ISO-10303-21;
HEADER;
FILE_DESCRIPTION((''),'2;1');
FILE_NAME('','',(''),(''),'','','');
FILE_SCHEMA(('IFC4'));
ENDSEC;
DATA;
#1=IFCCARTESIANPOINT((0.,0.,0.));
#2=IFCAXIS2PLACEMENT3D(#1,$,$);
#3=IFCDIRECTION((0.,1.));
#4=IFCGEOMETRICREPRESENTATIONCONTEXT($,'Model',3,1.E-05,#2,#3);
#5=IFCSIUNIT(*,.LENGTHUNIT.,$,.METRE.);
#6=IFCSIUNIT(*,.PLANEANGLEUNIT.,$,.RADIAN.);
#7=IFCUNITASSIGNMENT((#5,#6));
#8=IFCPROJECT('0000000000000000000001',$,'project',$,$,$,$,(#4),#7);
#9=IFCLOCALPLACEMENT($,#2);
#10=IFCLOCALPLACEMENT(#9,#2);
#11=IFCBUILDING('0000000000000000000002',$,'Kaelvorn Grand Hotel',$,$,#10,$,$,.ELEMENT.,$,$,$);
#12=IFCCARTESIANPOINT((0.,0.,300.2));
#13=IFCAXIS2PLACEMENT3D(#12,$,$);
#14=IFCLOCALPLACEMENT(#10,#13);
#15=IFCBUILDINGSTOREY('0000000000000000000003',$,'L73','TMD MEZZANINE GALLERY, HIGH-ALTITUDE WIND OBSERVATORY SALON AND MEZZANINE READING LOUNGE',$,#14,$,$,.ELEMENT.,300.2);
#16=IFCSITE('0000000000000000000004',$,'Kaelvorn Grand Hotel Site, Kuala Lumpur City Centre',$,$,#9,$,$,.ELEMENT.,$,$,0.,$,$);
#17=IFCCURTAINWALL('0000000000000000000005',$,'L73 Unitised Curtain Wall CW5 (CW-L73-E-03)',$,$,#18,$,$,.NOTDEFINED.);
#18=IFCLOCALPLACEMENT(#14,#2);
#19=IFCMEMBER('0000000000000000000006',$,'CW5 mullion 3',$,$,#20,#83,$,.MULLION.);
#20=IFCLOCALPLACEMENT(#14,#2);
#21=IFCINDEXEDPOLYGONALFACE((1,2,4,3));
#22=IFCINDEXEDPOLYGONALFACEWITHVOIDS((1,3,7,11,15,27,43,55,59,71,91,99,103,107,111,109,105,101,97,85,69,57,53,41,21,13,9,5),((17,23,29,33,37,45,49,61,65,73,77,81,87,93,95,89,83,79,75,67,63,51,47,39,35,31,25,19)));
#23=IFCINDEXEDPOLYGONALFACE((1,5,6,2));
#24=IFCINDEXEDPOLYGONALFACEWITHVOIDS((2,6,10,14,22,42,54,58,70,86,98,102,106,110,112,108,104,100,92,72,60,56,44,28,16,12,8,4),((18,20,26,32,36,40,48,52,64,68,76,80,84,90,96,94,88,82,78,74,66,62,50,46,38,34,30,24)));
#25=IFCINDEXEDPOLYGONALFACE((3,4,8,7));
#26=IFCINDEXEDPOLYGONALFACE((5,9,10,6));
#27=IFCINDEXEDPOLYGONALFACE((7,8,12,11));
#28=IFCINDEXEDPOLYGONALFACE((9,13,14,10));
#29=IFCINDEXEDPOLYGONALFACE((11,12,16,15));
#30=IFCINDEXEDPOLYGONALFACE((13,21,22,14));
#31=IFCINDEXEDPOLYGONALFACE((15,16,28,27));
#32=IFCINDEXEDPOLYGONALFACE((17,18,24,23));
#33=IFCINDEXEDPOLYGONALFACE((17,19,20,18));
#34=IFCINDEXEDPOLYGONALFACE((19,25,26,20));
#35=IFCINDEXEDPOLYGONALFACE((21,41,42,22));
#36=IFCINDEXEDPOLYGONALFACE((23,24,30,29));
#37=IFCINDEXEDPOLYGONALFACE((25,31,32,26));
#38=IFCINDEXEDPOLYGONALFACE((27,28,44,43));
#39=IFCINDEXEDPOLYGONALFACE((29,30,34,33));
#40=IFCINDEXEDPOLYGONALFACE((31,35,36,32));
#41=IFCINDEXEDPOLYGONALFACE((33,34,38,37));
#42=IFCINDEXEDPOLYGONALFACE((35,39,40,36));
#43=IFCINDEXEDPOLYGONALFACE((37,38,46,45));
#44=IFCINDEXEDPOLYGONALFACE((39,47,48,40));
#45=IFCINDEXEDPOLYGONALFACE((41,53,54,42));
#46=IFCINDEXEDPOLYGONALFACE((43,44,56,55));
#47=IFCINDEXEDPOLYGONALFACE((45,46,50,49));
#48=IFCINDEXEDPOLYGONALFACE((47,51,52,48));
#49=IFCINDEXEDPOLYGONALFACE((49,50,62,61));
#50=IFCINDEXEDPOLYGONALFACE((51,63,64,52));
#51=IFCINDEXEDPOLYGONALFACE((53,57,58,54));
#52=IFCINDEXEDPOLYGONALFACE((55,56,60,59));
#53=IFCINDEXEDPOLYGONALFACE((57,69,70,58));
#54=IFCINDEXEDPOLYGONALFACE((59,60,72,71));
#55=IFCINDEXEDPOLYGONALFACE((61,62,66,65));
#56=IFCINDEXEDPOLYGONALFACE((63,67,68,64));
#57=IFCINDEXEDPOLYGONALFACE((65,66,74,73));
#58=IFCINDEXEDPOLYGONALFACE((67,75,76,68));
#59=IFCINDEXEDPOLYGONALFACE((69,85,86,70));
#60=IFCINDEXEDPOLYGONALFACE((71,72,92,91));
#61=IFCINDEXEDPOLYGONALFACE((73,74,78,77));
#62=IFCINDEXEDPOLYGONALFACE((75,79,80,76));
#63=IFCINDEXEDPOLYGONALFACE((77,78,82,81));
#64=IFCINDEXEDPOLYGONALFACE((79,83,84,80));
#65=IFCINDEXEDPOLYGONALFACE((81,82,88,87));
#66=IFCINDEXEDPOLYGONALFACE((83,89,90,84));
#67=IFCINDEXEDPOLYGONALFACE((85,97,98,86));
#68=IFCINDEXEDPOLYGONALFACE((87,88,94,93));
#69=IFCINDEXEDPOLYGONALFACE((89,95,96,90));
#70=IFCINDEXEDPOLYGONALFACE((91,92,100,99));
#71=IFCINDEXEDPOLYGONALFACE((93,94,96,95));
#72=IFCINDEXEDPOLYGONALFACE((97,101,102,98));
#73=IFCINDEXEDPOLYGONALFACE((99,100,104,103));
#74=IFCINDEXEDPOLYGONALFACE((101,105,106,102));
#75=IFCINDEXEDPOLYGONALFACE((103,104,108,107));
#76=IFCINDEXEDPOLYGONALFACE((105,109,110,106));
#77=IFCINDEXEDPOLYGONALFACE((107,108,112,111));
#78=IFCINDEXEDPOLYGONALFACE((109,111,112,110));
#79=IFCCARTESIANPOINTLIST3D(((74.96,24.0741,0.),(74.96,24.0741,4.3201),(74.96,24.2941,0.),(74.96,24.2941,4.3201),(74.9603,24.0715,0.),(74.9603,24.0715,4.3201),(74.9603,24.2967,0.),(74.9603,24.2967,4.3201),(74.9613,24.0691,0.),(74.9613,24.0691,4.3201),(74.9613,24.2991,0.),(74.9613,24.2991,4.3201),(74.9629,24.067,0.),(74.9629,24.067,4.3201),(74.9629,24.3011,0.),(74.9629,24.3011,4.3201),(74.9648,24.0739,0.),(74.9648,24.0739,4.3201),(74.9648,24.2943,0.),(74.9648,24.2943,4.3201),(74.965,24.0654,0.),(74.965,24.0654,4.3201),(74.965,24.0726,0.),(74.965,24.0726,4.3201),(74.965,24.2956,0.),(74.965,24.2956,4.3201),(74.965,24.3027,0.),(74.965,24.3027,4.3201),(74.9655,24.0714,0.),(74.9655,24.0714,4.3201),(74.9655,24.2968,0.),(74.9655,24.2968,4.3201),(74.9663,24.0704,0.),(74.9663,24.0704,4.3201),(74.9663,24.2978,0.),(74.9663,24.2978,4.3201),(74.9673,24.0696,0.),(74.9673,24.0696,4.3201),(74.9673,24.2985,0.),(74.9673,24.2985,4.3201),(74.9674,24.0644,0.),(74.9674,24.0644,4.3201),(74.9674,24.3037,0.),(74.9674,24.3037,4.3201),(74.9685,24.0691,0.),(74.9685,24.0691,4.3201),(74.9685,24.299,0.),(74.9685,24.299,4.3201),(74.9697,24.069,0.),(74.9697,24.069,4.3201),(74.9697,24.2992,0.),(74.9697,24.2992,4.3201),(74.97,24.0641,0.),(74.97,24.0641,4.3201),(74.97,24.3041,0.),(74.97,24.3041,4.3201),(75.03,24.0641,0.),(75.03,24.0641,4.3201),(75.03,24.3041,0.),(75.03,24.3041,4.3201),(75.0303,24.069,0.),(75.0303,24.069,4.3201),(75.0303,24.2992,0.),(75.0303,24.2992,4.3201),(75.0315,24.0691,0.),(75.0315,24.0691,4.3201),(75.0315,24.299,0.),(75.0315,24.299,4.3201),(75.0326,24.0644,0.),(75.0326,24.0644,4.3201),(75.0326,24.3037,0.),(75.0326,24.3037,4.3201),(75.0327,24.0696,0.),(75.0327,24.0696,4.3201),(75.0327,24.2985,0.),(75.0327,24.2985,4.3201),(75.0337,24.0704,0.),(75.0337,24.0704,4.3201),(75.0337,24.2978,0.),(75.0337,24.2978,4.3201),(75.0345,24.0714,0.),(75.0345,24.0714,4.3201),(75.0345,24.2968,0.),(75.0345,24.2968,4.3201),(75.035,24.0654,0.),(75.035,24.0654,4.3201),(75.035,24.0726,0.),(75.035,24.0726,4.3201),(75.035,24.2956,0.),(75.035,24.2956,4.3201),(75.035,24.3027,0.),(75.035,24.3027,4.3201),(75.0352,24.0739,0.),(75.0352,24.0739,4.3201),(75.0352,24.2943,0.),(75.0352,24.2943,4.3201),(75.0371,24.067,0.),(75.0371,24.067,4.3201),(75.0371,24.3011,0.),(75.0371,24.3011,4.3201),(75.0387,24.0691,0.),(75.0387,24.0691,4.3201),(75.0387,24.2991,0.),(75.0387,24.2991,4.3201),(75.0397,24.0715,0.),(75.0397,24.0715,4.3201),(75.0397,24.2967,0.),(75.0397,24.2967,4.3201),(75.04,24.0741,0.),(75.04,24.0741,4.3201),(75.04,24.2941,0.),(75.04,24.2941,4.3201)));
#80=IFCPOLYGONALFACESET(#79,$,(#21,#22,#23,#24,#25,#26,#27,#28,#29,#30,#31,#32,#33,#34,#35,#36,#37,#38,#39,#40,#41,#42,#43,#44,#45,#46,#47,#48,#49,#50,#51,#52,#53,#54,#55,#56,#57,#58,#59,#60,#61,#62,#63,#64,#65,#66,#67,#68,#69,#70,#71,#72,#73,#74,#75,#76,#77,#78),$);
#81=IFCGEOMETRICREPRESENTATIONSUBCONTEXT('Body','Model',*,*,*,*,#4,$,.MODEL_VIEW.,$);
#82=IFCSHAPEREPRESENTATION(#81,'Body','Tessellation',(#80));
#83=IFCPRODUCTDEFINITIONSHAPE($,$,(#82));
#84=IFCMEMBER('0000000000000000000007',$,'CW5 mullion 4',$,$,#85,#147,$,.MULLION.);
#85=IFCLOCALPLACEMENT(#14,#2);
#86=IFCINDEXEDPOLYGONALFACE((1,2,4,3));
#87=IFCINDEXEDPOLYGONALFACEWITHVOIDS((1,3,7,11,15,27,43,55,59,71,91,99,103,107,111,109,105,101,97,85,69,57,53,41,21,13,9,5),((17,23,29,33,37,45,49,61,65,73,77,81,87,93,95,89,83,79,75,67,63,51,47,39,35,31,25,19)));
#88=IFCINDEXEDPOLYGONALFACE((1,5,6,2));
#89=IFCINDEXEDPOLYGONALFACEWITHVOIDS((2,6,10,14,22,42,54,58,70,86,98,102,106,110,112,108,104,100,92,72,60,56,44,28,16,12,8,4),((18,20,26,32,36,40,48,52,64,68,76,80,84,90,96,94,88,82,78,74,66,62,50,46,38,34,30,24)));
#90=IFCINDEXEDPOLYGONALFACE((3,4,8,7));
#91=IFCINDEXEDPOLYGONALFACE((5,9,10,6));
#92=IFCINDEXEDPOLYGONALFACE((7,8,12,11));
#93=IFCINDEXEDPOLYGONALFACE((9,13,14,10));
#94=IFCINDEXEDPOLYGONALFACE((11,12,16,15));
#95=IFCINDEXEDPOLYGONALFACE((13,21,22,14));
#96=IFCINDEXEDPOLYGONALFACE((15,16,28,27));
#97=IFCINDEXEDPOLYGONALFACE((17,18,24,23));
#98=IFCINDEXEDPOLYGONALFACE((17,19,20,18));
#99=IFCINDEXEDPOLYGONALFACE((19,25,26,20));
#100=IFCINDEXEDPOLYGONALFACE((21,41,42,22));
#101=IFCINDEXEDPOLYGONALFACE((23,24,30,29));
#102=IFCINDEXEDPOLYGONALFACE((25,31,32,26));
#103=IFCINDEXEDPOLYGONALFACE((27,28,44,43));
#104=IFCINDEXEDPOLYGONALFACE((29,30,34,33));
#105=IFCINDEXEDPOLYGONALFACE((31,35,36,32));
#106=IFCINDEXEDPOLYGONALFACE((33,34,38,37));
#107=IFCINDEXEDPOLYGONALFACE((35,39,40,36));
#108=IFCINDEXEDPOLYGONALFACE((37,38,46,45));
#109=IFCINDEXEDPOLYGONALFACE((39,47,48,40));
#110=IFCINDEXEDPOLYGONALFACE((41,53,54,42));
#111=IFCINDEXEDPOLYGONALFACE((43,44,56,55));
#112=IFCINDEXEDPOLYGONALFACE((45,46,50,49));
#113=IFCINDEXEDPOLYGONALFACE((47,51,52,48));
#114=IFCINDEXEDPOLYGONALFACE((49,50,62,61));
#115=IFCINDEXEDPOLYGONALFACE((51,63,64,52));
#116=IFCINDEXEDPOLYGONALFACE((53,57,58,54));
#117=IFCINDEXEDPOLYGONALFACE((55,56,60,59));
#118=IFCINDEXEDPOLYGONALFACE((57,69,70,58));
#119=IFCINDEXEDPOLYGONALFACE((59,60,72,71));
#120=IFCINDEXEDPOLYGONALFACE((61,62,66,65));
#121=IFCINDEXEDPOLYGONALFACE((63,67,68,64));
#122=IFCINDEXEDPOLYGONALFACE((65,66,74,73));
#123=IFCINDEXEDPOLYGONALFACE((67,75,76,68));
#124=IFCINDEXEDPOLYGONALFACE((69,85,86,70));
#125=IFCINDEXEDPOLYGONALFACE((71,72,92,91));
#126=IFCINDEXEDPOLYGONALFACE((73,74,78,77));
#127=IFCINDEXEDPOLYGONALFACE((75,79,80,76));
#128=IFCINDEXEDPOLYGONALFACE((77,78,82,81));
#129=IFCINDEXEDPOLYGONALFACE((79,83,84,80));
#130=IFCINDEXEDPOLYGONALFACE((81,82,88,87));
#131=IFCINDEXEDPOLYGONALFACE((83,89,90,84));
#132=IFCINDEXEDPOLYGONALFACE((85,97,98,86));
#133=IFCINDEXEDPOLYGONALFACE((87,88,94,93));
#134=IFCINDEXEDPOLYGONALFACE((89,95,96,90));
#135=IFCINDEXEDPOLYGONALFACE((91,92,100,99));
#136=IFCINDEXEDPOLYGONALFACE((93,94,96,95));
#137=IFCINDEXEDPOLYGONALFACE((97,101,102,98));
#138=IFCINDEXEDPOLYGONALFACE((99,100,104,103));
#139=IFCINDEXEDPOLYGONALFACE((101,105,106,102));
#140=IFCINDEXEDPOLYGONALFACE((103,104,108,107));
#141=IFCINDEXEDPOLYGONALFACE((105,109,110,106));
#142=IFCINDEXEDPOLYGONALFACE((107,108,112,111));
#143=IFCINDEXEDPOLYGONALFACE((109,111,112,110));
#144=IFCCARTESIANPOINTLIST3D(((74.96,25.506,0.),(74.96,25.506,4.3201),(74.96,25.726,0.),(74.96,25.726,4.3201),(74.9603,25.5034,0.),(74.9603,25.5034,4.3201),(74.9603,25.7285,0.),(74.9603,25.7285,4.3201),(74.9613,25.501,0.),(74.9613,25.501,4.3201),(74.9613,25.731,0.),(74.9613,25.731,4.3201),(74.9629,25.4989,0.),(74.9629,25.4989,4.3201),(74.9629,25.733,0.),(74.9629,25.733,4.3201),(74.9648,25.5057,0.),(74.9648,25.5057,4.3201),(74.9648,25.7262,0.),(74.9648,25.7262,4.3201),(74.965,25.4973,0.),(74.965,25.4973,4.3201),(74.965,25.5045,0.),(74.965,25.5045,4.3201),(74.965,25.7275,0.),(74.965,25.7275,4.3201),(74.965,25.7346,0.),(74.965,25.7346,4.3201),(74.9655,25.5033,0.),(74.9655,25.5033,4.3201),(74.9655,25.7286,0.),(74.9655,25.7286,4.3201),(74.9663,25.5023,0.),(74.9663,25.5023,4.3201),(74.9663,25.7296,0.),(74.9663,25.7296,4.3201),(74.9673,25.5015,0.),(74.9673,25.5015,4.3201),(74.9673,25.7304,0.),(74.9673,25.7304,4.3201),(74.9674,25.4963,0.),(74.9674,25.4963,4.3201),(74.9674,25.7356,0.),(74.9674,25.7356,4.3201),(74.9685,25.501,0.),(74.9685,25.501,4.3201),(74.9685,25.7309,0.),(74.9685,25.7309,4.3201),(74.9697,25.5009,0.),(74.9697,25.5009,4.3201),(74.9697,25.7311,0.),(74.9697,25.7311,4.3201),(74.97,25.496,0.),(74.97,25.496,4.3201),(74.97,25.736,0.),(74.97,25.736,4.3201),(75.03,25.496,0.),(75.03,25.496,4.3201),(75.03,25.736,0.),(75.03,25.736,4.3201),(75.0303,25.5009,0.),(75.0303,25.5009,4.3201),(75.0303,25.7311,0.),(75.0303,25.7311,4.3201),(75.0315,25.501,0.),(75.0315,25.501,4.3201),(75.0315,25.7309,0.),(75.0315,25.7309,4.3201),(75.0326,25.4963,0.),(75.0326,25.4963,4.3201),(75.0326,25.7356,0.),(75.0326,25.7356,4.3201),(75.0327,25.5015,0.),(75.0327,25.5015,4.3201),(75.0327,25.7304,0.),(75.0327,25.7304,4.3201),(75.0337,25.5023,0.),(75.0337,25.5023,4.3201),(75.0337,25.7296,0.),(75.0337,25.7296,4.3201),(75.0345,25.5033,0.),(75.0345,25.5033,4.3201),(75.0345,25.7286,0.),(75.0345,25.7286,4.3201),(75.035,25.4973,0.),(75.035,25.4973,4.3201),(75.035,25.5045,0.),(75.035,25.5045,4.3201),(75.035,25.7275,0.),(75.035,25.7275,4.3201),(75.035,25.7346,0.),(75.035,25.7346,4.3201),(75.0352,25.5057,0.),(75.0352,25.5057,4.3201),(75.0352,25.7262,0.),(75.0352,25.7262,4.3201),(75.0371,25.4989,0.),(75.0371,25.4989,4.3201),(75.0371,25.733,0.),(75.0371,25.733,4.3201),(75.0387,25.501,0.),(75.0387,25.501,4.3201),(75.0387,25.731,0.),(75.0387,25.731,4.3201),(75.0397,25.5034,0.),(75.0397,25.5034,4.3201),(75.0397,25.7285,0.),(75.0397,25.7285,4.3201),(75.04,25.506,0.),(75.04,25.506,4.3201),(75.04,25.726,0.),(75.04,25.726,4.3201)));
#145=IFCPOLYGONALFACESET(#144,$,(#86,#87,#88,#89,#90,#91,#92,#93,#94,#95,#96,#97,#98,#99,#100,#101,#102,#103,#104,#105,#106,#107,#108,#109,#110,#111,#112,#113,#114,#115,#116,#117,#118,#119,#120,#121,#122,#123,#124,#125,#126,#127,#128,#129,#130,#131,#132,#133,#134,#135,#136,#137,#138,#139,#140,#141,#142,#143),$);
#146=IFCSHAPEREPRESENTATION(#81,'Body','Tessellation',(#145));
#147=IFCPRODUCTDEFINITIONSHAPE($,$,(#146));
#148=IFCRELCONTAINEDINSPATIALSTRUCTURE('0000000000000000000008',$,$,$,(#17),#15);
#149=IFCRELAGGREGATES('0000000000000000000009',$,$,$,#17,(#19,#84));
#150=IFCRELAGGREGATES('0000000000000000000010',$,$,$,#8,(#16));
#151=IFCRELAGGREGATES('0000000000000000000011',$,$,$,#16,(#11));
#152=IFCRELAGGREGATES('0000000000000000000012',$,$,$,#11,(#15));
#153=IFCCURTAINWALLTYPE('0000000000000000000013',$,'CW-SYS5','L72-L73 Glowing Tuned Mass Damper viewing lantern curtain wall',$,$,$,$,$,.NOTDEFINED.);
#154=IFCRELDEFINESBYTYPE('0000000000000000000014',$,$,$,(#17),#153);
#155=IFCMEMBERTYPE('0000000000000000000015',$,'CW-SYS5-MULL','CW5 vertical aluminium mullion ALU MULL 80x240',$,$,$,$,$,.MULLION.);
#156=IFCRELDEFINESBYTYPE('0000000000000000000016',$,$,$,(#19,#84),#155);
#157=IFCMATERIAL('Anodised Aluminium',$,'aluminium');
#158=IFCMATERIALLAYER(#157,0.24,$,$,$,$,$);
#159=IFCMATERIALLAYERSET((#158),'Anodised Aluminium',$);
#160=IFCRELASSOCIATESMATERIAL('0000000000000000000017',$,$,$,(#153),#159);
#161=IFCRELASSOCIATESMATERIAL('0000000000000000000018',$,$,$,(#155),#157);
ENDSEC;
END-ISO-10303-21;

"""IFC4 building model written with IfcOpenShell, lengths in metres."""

from ifc_helpers import new_model, si_unit, direction, frame, origin, origin_2d, place, context, subcontext, project, spatial, hollow_rectangle, extrude, material, layer, layer_set, material_profile, profile_set, type_object, element, aggregate, save


model = new_model("IFC4")

# Units and contexts
model_context = context("Model", 3, precision=1e-05, world=origin(), true_north=direction((0.0, 1.0)))
body_context = subcontext(model_context, "Body", "Model", "MODEL_VIEW")
ifc_project = project(units=[si_unit("LENGTHUNIT", "METRE"), si_unit("PLANEANGLEUNIT", "RADIAN")], contexts=[model_context])

# Site, building, storey
site_placement = place(None, origin())
site = spatial("IfcSite", under=ifc_project, at=site_placement, Name="Kaelvorn Grand Hotel Site, Kuala Lumpur City Centre", CompositionType="ELEMENT", RefElevation=0.0)
building_placement = place(site_placement, origin())
building = spatial("IfcBuilding", under=site, at=building_placement, Name="Kaelvorn Grand Hotel", CompositionType="ELEMENT")
storey_placement = place(building_placement, frame((0.0, 0.0, 300.2)))
storey = spatial("IfcBuildingStorey", under=building, at=storey_placement, Name="L73", Description="TMD MEZZANINE GALLERY, HIGH-ALTITUDE WIND OBSERVATORY SALON AND MEZZANINE READING LOUNGE", CompositionType="ELEMENT", Elevation=300.2)

# Curtain wall, members
ifc_material_1 = material(Name="Anodised Aluminium", Category="aluminium")
ifc_layer_1 = layer(ifc_material_1, 0.24)
ifc_layer_set_1 = layer_set([ifc_layer_1], Name="Anodised Aluminium")
curtain_wall_type = type_object("IfcCurtainWallType", Name="CW-SYS5", Description="L72-L73 Glowing Tuned Mass Damper viewing lantern curtain wall", PredefinedType="NOTDEFINED", material=ifc_layer_set_1)
curtain_wall_placement = place(storey_placement, origin())
curtain_wall = element("IfcCurtainWall", 1, at=curtain_wall_placement, inside=storey, type_object=curtain_wall_type, Name="L73 Unitised Curtain Wall CW5 (CW-L73-E-03)", PredefinedType="NOTDEFINED")
ifc_material_profile_1 = material_profile(ifc_material_1, hollow_rectangle(XDim=0.0801, YDim=0.24, WallThickness=0.0049, InnerFilletRadius=0.0049, OuterFilletRadius=0.01, at=origin_2d()), Name="ALU MULL 80x240")
ifc_profile_set_1 = profile_set([ifc_material_profile_1], Name="Anodised Aluminium")
member_type_1 = type_object("IfcMemberType", Name="CW-SYS5-MULL", Description="CW5 vertical aluminium mullion ALU MULL 80x240", PredefinedType="MULLION", material=ifc_profile_set_1)
member_1_placement = place(storey_placement, frame((75.0, 24.1841, 0.0), z_axis=(0.0, 0.0, 1.0), x_axis=(-1.0, 0.0, 0.0)))
member_1 = element("IfcMember", 2, at=member_1_placement, type_object=member_type_1, Name="CW5 mullion 3", PredefinedType="MULLION", context=body_context, shape_type="SweptSolid", body=[
    extrude(hollow_rectangle(XDim=0.0801, YDim=0.24, WallThickness=0.0049, InnerFilletRadius=0.0049, OuterFilletRadius=0.01, at=origin_2d()), origin(), (0.0, 0.0, 1.0), 4.3201),
])
member_2_placement = place(storey_placement, frame((75.0, 25.616, 0.0), z_axis=(0.0, 0.0, 1.0), x_axis=(-1.0, 0.0, 0.0)))
member_2 = element("IfcMember", 3, at=member_2_placement, type_object=member_type_1, Name="CW5 mullion 4", PredefinedType="MULLION", context=body_context, shape_type="SweptSolid", body=[
    extrude(hollow_rectangle(XDim=0.0801, YDim=0.24, WallThickness=0.0049, InnerFilletRadius=0.0049, OuterFilletRadius=0.01, at=origin_2d()), origin(), (0.0, 0.0, 1.0), 4.3201),
])
aggregate(curtain_wall, [member_1, member_2])

save(model, "model.ifc")
